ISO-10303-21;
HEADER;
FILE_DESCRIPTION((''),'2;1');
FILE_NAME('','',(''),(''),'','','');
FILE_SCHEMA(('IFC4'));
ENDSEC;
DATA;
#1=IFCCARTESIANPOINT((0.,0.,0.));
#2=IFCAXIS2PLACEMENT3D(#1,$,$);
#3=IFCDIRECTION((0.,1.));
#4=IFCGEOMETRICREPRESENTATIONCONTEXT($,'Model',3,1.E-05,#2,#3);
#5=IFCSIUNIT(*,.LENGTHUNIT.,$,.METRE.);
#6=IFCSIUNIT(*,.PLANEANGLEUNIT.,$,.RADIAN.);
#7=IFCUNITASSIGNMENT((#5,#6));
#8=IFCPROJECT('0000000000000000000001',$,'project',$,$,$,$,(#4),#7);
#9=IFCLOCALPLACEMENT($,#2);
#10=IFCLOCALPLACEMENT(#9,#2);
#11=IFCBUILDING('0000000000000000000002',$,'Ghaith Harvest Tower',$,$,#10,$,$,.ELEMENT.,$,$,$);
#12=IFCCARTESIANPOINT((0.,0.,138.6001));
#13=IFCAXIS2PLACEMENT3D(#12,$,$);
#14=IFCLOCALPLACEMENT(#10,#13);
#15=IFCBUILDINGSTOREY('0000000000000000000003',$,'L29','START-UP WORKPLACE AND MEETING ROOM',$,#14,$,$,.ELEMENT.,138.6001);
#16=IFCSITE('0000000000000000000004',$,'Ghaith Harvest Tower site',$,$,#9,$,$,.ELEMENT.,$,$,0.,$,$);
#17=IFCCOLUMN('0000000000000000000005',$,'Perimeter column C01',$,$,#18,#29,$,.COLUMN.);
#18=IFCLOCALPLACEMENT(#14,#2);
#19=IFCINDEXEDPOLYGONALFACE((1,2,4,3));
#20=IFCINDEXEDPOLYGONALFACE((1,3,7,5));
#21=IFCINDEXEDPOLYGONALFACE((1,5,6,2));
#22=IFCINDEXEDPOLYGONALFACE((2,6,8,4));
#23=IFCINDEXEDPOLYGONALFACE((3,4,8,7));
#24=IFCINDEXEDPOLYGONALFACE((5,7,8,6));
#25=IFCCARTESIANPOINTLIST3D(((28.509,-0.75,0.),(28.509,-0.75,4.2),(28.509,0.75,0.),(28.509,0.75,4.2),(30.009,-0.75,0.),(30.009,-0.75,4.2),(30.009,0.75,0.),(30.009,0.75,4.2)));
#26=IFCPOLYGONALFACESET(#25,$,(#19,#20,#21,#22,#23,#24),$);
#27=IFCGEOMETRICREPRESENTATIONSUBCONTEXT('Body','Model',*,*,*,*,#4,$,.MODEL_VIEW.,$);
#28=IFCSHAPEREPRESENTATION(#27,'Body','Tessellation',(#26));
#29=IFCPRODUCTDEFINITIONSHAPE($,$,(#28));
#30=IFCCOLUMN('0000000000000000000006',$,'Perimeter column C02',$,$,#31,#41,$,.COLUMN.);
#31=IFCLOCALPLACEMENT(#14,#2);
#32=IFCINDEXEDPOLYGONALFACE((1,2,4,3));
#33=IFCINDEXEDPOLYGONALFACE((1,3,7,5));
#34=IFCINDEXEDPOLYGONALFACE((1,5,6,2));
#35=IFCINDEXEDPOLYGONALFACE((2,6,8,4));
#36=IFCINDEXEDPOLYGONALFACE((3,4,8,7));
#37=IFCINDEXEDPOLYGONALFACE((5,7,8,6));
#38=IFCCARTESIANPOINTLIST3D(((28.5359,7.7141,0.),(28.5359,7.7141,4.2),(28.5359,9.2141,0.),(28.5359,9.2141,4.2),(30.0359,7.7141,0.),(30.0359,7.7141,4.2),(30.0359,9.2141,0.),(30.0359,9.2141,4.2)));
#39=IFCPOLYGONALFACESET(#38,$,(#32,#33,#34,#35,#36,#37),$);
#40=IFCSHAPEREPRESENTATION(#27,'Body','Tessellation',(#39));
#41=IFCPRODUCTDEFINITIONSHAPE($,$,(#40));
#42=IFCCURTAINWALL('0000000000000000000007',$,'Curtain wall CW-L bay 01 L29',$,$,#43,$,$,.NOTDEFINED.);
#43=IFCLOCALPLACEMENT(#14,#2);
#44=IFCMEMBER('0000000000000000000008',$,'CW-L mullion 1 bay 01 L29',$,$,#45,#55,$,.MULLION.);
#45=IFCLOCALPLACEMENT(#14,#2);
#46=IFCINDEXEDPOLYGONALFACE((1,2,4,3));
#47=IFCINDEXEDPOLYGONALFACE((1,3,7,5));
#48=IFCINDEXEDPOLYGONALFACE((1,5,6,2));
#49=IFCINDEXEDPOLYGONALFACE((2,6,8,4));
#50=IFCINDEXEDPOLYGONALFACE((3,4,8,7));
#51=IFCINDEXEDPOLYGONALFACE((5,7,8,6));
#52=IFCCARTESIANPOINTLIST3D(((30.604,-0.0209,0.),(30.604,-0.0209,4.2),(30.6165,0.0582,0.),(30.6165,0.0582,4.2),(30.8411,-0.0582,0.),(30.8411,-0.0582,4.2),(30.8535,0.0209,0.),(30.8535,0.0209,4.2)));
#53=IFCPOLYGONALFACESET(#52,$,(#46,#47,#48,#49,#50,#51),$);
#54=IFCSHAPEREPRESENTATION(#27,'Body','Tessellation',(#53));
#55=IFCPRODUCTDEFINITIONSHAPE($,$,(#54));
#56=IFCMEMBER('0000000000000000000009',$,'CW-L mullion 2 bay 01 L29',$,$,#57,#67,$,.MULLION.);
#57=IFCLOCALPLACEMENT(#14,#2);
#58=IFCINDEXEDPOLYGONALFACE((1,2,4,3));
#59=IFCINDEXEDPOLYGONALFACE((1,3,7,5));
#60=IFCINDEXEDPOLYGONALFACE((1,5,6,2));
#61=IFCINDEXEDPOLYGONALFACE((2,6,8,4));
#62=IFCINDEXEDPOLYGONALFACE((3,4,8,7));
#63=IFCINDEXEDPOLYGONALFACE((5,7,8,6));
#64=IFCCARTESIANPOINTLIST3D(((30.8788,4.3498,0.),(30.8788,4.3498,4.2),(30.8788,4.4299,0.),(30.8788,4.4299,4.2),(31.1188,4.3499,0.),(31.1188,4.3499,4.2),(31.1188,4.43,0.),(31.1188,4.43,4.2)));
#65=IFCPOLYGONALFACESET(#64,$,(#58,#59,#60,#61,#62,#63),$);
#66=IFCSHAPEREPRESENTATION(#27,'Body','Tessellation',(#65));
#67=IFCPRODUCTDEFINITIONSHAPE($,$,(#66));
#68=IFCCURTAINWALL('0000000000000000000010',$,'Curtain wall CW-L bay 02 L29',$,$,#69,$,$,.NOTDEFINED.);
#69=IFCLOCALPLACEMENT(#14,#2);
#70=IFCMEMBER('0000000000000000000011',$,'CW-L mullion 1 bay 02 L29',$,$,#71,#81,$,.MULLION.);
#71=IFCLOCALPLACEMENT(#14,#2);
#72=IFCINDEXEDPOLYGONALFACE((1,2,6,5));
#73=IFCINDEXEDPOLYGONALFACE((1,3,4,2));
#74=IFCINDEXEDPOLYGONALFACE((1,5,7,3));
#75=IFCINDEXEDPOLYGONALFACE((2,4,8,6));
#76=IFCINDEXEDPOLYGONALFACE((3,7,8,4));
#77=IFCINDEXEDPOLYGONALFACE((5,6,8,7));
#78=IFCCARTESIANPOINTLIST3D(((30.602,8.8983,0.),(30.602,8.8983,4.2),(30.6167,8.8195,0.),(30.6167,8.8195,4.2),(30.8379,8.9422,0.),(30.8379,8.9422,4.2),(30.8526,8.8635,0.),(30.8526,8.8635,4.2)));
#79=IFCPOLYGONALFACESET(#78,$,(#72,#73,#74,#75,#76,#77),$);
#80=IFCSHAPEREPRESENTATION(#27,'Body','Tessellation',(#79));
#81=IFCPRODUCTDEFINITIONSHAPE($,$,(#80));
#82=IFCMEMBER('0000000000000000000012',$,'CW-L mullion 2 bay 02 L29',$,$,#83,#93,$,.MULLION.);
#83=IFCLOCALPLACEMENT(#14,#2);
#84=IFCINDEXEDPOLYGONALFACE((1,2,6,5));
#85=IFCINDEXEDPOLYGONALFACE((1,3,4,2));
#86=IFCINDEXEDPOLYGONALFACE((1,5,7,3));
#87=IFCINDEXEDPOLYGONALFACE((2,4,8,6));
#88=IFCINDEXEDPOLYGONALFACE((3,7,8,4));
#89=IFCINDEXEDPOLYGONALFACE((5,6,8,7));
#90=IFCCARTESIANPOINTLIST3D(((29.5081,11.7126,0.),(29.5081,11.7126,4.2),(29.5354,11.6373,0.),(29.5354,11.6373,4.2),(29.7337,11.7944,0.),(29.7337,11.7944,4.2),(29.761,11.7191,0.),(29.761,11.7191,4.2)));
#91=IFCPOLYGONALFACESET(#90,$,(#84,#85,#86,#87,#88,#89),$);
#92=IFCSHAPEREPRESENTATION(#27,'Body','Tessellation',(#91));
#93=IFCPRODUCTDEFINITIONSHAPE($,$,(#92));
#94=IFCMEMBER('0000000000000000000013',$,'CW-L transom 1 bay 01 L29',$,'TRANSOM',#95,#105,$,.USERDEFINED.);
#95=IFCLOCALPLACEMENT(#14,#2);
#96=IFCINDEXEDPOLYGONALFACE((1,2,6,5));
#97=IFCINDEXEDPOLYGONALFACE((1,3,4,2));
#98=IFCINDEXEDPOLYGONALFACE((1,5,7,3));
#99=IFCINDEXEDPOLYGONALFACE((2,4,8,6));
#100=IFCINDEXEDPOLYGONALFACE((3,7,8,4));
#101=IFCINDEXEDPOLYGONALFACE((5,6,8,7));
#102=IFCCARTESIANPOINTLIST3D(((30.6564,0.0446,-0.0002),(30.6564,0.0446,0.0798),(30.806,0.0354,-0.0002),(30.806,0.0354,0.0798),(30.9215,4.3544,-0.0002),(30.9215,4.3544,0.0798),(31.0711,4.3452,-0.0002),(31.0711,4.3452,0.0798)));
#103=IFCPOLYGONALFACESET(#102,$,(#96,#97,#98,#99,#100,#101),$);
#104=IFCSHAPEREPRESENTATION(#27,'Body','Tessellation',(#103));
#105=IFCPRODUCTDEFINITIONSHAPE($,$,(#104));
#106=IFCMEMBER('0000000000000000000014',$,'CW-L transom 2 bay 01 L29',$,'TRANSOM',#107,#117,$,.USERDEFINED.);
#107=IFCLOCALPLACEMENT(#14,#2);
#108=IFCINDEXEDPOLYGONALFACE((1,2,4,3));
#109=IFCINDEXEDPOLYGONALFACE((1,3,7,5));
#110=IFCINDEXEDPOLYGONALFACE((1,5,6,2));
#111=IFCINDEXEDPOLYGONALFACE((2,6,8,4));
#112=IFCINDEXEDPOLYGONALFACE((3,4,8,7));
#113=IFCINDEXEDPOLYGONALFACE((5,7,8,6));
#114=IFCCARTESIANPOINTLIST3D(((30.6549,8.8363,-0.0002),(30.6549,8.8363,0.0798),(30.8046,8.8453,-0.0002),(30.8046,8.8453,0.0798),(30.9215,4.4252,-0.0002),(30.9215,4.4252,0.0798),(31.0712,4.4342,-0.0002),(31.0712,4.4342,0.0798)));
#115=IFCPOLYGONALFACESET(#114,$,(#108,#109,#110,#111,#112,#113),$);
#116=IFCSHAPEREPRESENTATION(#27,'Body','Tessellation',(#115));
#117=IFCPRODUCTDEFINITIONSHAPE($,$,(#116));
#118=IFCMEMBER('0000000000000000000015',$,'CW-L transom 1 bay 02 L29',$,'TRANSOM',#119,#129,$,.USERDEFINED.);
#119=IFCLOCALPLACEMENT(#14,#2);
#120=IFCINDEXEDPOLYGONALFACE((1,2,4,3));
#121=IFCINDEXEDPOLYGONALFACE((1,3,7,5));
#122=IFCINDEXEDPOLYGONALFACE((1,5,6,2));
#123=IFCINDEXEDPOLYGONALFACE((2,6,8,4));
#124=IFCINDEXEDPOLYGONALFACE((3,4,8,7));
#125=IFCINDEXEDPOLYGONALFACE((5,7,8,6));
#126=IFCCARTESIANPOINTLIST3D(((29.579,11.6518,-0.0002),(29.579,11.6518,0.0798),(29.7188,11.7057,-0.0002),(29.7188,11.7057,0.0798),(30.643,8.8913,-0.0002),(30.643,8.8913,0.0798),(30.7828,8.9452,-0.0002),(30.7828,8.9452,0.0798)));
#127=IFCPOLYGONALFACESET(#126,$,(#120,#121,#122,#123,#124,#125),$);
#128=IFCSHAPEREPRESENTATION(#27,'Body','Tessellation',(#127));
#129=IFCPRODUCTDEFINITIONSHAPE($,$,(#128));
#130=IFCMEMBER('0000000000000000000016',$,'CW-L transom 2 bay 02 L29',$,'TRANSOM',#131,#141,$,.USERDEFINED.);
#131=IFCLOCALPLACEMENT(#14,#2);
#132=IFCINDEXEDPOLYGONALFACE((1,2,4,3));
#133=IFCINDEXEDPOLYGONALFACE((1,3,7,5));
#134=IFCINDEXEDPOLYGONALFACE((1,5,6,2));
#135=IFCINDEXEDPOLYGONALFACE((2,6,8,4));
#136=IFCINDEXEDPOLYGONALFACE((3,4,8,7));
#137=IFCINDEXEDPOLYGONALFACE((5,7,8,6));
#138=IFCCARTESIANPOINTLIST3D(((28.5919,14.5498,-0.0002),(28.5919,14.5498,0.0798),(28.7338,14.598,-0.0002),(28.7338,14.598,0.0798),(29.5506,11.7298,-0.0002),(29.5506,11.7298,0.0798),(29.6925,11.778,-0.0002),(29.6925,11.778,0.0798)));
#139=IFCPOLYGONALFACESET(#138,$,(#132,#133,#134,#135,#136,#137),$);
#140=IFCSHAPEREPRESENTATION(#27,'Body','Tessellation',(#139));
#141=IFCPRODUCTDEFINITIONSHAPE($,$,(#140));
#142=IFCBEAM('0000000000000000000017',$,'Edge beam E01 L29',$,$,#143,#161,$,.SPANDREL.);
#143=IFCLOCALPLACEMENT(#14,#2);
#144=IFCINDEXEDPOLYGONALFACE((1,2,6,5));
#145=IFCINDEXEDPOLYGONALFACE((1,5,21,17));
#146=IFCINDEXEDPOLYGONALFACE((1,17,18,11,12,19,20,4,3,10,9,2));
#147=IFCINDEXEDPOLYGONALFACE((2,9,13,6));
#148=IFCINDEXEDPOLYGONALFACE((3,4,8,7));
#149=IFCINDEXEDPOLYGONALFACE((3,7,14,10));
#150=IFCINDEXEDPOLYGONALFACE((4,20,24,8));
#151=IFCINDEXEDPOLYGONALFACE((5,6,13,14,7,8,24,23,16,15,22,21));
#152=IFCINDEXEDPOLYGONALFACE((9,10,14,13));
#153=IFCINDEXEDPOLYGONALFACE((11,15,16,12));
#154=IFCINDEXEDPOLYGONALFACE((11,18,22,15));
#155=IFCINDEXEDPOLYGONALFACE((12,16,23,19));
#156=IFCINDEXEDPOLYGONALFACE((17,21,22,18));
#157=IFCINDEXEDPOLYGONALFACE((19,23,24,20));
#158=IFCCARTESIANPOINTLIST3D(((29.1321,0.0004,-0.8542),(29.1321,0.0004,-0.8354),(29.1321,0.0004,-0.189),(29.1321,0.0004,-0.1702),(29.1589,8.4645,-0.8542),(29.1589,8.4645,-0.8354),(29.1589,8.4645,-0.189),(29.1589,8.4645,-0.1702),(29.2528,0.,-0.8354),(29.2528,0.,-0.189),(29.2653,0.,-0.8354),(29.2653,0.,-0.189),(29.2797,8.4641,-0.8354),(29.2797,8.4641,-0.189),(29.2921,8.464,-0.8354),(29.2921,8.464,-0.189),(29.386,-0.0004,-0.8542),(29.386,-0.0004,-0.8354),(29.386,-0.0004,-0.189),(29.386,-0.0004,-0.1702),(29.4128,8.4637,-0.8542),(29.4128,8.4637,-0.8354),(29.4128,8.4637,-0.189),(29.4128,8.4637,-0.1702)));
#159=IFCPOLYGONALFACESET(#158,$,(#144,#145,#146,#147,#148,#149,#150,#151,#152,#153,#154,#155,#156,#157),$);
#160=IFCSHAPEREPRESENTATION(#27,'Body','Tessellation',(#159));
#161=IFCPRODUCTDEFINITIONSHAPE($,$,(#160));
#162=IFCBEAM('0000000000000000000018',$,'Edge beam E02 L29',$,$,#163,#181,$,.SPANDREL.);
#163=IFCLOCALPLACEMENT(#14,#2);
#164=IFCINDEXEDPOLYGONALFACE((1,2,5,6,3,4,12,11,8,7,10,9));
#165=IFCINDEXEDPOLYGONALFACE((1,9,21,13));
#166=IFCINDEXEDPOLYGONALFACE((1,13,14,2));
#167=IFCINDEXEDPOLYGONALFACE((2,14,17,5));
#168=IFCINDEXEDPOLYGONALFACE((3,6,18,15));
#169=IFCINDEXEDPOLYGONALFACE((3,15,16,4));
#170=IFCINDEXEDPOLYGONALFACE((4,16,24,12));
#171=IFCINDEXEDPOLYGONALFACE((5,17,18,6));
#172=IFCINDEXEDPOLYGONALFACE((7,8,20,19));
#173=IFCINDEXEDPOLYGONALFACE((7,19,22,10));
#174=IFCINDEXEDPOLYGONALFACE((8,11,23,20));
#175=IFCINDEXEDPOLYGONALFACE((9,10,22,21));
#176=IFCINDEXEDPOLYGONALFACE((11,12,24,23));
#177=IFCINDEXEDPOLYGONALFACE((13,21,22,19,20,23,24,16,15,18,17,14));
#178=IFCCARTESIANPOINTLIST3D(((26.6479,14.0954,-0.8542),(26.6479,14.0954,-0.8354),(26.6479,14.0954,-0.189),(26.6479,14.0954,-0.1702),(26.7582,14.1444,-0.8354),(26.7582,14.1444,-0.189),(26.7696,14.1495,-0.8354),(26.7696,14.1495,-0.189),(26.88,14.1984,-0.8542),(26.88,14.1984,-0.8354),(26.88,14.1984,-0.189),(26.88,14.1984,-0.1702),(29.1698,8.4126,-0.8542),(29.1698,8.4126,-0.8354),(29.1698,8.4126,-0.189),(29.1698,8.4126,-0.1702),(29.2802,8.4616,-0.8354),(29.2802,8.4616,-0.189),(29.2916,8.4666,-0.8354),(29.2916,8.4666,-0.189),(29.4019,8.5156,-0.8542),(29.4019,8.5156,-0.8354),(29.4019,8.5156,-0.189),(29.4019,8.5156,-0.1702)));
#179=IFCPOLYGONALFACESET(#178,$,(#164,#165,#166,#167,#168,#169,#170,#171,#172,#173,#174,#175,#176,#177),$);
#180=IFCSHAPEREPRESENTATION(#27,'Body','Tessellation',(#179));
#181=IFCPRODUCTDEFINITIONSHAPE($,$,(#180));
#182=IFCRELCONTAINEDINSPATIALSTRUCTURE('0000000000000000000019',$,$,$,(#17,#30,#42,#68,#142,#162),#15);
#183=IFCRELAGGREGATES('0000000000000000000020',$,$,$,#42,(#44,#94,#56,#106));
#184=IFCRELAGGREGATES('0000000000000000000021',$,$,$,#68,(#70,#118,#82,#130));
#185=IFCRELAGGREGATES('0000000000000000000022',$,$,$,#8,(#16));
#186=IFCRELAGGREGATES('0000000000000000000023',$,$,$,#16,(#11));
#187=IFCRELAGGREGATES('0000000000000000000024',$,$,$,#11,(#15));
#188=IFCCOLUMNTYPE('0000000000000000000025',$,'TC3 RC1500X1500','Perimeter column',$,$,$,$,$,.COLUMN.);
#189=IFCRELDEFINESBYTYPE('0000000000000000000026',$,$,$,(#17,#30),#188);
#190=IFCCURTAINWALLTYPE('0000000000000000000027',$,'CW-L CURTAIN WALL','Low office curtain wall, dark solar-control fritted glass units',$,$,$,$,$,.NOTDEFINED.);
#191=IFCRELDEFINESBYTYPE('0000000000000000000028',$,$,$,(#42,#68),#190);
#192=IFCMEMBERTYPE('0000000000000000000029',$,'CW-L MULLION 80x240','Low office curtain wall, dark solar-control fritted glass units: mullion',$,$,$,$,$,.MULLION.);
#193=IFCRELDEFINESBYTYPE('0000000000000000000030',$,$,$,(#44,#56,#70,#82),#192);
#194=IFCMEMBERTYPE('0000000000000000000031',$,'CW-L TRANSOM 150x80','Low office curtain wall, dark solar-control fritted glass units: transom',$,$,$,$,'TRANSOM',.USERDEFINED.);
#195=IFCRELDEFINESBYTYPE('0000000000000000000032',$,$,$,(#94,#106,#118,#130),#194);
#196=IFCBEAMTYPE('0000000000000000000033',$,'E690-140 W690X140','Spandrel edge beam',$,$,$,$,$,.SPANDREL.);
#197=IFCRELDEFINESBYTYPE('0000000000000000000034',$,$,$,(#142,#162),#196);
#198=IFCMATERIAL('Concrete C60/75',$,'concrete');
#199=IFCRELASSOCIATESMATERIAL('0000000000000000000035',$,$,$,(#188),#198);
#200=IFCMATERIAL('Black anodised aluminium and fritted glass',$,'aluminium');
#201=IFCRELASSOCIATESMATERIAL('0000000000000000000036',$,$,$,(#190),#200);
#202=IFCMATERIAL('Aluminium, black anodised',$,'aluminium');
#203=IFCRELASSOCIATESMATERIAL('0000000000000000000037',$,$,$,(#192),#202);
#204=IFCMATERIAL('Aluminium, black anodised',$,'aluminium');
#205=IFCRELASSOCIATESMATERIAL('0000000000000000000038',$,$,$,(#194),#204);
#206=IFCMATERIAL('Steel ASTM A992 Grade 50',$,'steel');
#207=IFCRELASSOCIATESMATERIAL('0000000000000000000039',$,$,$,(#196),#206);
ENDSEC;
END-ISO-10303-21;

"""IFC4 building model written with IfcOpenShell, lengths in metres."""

from ifc_helpers import new_model, si_unit, direction, frame, origin, origin_2d, place, context, subcontext, project, spatial, rectangle, i_section, extrude, material, material_profile, profile_set, type_object, element, aggregate, save


model = new_model("IFC4")

# Units and contexts
model_context = context("Model", 3, precision=1e-05, world=origin(), true_north=direction((0.0, 1.0)))
body_context = subcontext(model_context, "Body", "Model", "MODEL_VIEW")
ifc_project = project(units=[si_unit("LENGTHUNIT", "METRE"), si_unit("PLANEANGLEUNIT", "RADIAN")], contexts=[model_context])

# Site, building, storey
site_placement = place(None, origin())
site = spatial("IfcSite", under=ifc_project, at=site_placement, Name="Ghaith Harvest Tower site", CompositionType="ELEMENT", RefElevation=0.0)
building_placement = place(site_placement, origin())
building = spatial("IfcBuilding", under=site, at=building_placement, Name="Ghaith Harvest Tower", CompositionType="ELEMENT")
storey_placement = place(building_placement, frame((0.0, 0.0, 138.6001)))
storey = spatial("IfcBuildingStorey", under=building, at=storey_placement, Name="L29", Description="START-UP WORKPLACE AND MEETING ROOM", CompositionType="ELEMENT", Elevation=138.6001)

# Columns
ifc_material_1 = material(Name="Concrete C60/75", Category="concrete")
ifc_material_profile_1 = material_profile(ifc_material_1, rectangle(XDim=1.5, YDim=1.5, at=origin_2d()), Name="RC1500X1500")
ifc_profile_set_1 = profile_set([ifc_material_profile_1], Name="Concrete C60/75")
column_type = type_object("IfcColumnType", Name="TC3 RC1500X1500", Description="Perimeter column", PredefinedType="COLUMN", material=ifc_profile_set_1)
for number, where, z_axis, x_axis, name in (
    (1, (29.259, 0.0, 0.0), (0.0, 0.0, 1.0), (1.0, 0.0, 0.0), "Perimeter column C01"),
    (2, (29.2859, 8.4641, 0.0), (0.0, 0.0, 1.0), (1.0, 0.0, 0.0), "Perimeter column C02"),
):
    element("IfcColumn", number, at=place(storey_placement, frame(where, z_axis=z_axis, x_axis=x_axis)), inside=storey, type_object=column_type, Name=name, PredefinedType="COLUMN", context=body_context, shape_type="SweptSolid", body=[
        extrude(rectangle(XDim=1.5, YDim=1.5, at=origin_2d()), origin(), (0.0, 0.0, 1.0), 4.2),
    ])

# Curtain walls, members
ifc_material_2 = material(Name="Black anodised aluminium and fritted glass", Category="aluminium")
curtain_wall_type = type_object("IfcCurtainWallType", Name="CW-L CURTAIN WALL", Description="Low office curtain wall, dark solar-control fritted glass units", PredefinedType="NOTDEFINED", material=ifc_material_2)
curtain_wall_1_placement = place(storey_placement, origin())
curtain_wall_1 = element("IfcCurtainWall", 3, at=curtain_wall_1_placement, inside=storey, type_object=curtain_wall_type, Name="Curtain wall CW-L bay 01 L29", PredefinedType="NOTDEFINED")
ifc_material_3 = material(Name="Aluminium, black anodised", Category="aluminium")
ifc_material_profile_2 = material_profile(ifc_material_3, rectangle(XDim=0.0801, YDim=0.24, at=origin_2d()), Name="CW-L MULLION 80x240")
ifc_profile_set_2 = profile_set([ifc_material_profile_2], Name="Aluminium, black anodised")
member_type_1 = type_object("IfcMemberType", Name="CW-L MULLION 80x240", Description="Low office curtain wall, dark solar-control fritted glass units: mullion", PredefinedType="MULLION", material=ifc_profile_set_2)
member_1_placement = place(storey_placement, frame((30.7288, 0.0, 0.0), z_axis=(0.0, 0.0, 1.0), x_axis=(0.155597, 0.987821, 0.0)))
member_1 = element("IfcMember", 4, at=member_1_placement, type_object=member_type_1, Name="CW-L mullion 1 bay 01 L29", PredefinedType="MULLION", context=body_context, shape_type="SweptSolid", body=[
    extrude(rectangle(XDim=0.0801, YDim=0.24, at=origin_2d()), origin(), (0.0, 0.0, 1.0), 4.2),
])
member_2_placement = place(storey_placement, frame((30.9988, 4.3899, 0.0), z_axis=(0.0, 0.0, 1.0), x_axis=(-0.000162, 1.0, 0.0)))
member_2 = element("IfcMember", 5, at=member_2_placement, type_object=member_type_1, Name="CW-L mullion 2 bay 01 L29", PredefinedType="MULLION", context=body_context, shape_type="SweptSolid", body=[
    extrude(rectangle(XDim=0.0801, YDim=0.24, at=origin_2d()), origin(), (0.0, 0.0, 1.0), 4.2),
])
curtain_wall_2_placement = place(storey_placement, origin())
curtain_wall_2 = element("IfcCurtainWall", 6, at=curtain_wall_2_placement, inside=storey, type_object=curtain_wall_type, Name="Curtain wall CW-L bay 02 L29", PredefinedType="NOTDEFINED")
member_3_placement = place(storey_placement, frame((30.7273, 8.8809, 0.0), z_axis=(0.0, 0.0, 1.0), x_axis=(-0.18307, 0.9831, 0.0)))
member_3 = element("IfcMember", 7, at=member_3_placement, type_object=member_type_1, Name="CW-L mullion 1 bay 02 L29", PredefinedType="MULLION", context=body_context, shape_type="SweptSolid", body=[
    extrude(rectangle(XDim=0.0801, YDim=0.24, at=origin_2d()), origin(), (0.0, 0.0, 1.0), 4.2),
])
member_4_placement = place(storey_placement, frame((29.6345, 11.7158, 0.0), z_axis=(0.0, 0.0, 1.0), x_axis=(-0.340771, 0.940146, 0.0)))
member_4 = element("IfcMember", 8, at=member_4_placement, type_object=member_type_1, Name="CW-L mullion 2 bay 02 L29", PredefinedType="MULLION", context=body_context, shape_type="SweptSolid", body=[
    extrude(rectangle(XDim=0.0801, YDim=0.24, at=origin_2d()), origin(), (0.0, 0.0, 1.0), 4.2),
])

# Members
ifc_material_4 = material(Name="Aluminium, black anodised", Category="aluminium")
ifc_material_profile_3 = material_profile(ifc_material_4, rectangle(XDim=0.1499, YDim=0.0801, at=origin_2d()), Name="CW-L TRANSOM 150x80")
ifc_profile_set_3 = profile_set([ifc_material_profile_3], Name="Aluminium, black anodised")
member_type_2 = type_object("IfcMemberType", Name="CW-L TRANSOM 150x80", Description="Low office curtain wall, dark solar-control fritted glass units: transom", ElementType="TRANSOM", PredefinedType="USERDEFINED", material=ifc_profile_set_3)
member_5_placement = place(storey_placement, frame((30.7312, 0.04, 0.0398), z_axis=(0.061403, 0.998113, 0.0), x_axis=(-0.998113, 0.061403, 0.0)))
member_5 = element("IfcMember", 9, at=member_5_placement, type_object=member_type_2, Name="CW-L transom 1 bay 01 L29", ObjectType="TRANSOM", PredefinedType="USERDEFINED", context=body_context, shape_type="SweptSolid", body=[
    extrude(rectangle(XDim=0.1499, YDim=0.0801, at=origin_2d()), origin(), (0.0, 0.0, 1.0), 4.3179),
])
member_6_placement = place(storey_placement, frame((30.9963, 4.4297, 0.0398), z_axis=(-0.060328, 0.998179, 0.0), x_axis=(-0.998179, -0.060328, 0.0)))
member_6 = element("IfcMember", 10, at=member_6_placement, type_object=member_type_2, Name="CW-L transom 2 bay 01 L29", ObjectType="TRANSOM", PredefinedType="USERDEFINED", context=body_context, shape_type="SweptSolid", body=[
    extrude(rectangle(XDim=0.1499, YDim=0.0801, at=origin_2d()), origin(), (0.0, 0.0, 1.0), 4.4192),
])
member_7_placement = place(storey_placement, frame((30.7129, 8.9182, 0.0398), z_axis=(-0.359637, 0.933092, 0.0), x_axis=(-0.933092, -0.359637, 0.0)))
member_7 = element("IfcMember", 11, at=member_7_placement, type_object=member_type_2, Name="CW-L transom 1 bay 02 L29", ObjectType="TRANSOM", PredefinedType="USERDEFINED", context=body_context, shape_type="SweptSolid", body=[
    extrude(rectangle(XDim=0.1499, YDim=0.0801, at=origin_2d()), origin(), (0.0, 0.0, 1.0), 2.9585),
])
member_8_placement = place(storey_placement, frame((29.6216, 11.7539, 0.0398), z_axis=(-0.321878, 0.946781, 0.0), x_axis=(-0.946781, -0.321878, 0.0)))
member_8 = element("IfcMember", 12, at=member_8_placement, type_object=member_type_2, Name="CW-L transom 2 bay 02 L29", ObjectType="TRANSOM", PredefinedType="USERDEFINED", context=body_context, shape_type="SweptSolid", body=[
    extrude(rectangle(XDim=0.1499, YDim=0.0801, at=origin_2d()), origin(), (0.0, 0.0, 1.0), 2.9785),
])

# Beams
ifc_material_5 = material(Name="Steel ASTM A992 Grade 50", Category="steel")
ifc_material_profile_4 = material_profile(ifc_material_5, i_section(OverallWidth=0.2539, OverallDepth=0.6841, WebThickness=0.0125, FlangeThickness=0.0188, at=origin_2d()), Name="W690X140")
ifc_profile_set_4 = profile_set([ifc_material_profile_4], Name="Steel ASTM A992 Grade 50")
beam_type_1 = type_object("IfcBeamType", Name="E690-140 W690X140", Description="Spandrel edge beam", PredefinedType="SPANDREL", material=ifc_profile_set_4)
beam_1_placement = place(storey_placement, frame((29.259, 0.0, -0.5122), z_axis=(0.003173, 0.999995, 0.0), x_axis=(-0.999995, 0.003173, 0.0)))
element("IfcBeam", 13, at=beam_1_placement, inside=storey, type_object=beam_type_1, Name="Edge beam E01 L29", PredefinedType="SPANDREL", context=body_context, shape_type="SweptSolid", body=[
    extrude(i_section(OverallWidth=0.2539, OverallDepth=0.6841, WebThickness=0.0125, FlangeThickness=0.0188, at=origin_2d()), origin(), (0.0, 0.0, 1.0), 8.4641),
])
beam_2_placement = place(storey_placement, frame((29.2859, 8.4641, -0.5122), z_axis=(-0.405636, 0.914035, 0.0), x_axis=(-0.914035, -0.405636, 0.0)))
element("IfcBeam", 14, at=beam_2_placement, inside=storey, type_object=beam_type_1, Name="Edge beam E02 L29", PredefinedType="SPANDREL", context=body_context, shape_type="SweptSolid", body=[
    extrude(i_section(OverallWidth=0.2539, OverallDepth=0.6841, WebThickness=0.0125, FlangeThickness=0.0188, at=origin_2d()), origin(), (0.0, 0.0, 1.0), 6.2173),
])

aggregate(curtain_wall_1, [member_1, member_5, member_2, member_6])
aggregate(curtain_wall_2, [member_3, member_7, member_4, member_8])

save(model, "model.ifc")
